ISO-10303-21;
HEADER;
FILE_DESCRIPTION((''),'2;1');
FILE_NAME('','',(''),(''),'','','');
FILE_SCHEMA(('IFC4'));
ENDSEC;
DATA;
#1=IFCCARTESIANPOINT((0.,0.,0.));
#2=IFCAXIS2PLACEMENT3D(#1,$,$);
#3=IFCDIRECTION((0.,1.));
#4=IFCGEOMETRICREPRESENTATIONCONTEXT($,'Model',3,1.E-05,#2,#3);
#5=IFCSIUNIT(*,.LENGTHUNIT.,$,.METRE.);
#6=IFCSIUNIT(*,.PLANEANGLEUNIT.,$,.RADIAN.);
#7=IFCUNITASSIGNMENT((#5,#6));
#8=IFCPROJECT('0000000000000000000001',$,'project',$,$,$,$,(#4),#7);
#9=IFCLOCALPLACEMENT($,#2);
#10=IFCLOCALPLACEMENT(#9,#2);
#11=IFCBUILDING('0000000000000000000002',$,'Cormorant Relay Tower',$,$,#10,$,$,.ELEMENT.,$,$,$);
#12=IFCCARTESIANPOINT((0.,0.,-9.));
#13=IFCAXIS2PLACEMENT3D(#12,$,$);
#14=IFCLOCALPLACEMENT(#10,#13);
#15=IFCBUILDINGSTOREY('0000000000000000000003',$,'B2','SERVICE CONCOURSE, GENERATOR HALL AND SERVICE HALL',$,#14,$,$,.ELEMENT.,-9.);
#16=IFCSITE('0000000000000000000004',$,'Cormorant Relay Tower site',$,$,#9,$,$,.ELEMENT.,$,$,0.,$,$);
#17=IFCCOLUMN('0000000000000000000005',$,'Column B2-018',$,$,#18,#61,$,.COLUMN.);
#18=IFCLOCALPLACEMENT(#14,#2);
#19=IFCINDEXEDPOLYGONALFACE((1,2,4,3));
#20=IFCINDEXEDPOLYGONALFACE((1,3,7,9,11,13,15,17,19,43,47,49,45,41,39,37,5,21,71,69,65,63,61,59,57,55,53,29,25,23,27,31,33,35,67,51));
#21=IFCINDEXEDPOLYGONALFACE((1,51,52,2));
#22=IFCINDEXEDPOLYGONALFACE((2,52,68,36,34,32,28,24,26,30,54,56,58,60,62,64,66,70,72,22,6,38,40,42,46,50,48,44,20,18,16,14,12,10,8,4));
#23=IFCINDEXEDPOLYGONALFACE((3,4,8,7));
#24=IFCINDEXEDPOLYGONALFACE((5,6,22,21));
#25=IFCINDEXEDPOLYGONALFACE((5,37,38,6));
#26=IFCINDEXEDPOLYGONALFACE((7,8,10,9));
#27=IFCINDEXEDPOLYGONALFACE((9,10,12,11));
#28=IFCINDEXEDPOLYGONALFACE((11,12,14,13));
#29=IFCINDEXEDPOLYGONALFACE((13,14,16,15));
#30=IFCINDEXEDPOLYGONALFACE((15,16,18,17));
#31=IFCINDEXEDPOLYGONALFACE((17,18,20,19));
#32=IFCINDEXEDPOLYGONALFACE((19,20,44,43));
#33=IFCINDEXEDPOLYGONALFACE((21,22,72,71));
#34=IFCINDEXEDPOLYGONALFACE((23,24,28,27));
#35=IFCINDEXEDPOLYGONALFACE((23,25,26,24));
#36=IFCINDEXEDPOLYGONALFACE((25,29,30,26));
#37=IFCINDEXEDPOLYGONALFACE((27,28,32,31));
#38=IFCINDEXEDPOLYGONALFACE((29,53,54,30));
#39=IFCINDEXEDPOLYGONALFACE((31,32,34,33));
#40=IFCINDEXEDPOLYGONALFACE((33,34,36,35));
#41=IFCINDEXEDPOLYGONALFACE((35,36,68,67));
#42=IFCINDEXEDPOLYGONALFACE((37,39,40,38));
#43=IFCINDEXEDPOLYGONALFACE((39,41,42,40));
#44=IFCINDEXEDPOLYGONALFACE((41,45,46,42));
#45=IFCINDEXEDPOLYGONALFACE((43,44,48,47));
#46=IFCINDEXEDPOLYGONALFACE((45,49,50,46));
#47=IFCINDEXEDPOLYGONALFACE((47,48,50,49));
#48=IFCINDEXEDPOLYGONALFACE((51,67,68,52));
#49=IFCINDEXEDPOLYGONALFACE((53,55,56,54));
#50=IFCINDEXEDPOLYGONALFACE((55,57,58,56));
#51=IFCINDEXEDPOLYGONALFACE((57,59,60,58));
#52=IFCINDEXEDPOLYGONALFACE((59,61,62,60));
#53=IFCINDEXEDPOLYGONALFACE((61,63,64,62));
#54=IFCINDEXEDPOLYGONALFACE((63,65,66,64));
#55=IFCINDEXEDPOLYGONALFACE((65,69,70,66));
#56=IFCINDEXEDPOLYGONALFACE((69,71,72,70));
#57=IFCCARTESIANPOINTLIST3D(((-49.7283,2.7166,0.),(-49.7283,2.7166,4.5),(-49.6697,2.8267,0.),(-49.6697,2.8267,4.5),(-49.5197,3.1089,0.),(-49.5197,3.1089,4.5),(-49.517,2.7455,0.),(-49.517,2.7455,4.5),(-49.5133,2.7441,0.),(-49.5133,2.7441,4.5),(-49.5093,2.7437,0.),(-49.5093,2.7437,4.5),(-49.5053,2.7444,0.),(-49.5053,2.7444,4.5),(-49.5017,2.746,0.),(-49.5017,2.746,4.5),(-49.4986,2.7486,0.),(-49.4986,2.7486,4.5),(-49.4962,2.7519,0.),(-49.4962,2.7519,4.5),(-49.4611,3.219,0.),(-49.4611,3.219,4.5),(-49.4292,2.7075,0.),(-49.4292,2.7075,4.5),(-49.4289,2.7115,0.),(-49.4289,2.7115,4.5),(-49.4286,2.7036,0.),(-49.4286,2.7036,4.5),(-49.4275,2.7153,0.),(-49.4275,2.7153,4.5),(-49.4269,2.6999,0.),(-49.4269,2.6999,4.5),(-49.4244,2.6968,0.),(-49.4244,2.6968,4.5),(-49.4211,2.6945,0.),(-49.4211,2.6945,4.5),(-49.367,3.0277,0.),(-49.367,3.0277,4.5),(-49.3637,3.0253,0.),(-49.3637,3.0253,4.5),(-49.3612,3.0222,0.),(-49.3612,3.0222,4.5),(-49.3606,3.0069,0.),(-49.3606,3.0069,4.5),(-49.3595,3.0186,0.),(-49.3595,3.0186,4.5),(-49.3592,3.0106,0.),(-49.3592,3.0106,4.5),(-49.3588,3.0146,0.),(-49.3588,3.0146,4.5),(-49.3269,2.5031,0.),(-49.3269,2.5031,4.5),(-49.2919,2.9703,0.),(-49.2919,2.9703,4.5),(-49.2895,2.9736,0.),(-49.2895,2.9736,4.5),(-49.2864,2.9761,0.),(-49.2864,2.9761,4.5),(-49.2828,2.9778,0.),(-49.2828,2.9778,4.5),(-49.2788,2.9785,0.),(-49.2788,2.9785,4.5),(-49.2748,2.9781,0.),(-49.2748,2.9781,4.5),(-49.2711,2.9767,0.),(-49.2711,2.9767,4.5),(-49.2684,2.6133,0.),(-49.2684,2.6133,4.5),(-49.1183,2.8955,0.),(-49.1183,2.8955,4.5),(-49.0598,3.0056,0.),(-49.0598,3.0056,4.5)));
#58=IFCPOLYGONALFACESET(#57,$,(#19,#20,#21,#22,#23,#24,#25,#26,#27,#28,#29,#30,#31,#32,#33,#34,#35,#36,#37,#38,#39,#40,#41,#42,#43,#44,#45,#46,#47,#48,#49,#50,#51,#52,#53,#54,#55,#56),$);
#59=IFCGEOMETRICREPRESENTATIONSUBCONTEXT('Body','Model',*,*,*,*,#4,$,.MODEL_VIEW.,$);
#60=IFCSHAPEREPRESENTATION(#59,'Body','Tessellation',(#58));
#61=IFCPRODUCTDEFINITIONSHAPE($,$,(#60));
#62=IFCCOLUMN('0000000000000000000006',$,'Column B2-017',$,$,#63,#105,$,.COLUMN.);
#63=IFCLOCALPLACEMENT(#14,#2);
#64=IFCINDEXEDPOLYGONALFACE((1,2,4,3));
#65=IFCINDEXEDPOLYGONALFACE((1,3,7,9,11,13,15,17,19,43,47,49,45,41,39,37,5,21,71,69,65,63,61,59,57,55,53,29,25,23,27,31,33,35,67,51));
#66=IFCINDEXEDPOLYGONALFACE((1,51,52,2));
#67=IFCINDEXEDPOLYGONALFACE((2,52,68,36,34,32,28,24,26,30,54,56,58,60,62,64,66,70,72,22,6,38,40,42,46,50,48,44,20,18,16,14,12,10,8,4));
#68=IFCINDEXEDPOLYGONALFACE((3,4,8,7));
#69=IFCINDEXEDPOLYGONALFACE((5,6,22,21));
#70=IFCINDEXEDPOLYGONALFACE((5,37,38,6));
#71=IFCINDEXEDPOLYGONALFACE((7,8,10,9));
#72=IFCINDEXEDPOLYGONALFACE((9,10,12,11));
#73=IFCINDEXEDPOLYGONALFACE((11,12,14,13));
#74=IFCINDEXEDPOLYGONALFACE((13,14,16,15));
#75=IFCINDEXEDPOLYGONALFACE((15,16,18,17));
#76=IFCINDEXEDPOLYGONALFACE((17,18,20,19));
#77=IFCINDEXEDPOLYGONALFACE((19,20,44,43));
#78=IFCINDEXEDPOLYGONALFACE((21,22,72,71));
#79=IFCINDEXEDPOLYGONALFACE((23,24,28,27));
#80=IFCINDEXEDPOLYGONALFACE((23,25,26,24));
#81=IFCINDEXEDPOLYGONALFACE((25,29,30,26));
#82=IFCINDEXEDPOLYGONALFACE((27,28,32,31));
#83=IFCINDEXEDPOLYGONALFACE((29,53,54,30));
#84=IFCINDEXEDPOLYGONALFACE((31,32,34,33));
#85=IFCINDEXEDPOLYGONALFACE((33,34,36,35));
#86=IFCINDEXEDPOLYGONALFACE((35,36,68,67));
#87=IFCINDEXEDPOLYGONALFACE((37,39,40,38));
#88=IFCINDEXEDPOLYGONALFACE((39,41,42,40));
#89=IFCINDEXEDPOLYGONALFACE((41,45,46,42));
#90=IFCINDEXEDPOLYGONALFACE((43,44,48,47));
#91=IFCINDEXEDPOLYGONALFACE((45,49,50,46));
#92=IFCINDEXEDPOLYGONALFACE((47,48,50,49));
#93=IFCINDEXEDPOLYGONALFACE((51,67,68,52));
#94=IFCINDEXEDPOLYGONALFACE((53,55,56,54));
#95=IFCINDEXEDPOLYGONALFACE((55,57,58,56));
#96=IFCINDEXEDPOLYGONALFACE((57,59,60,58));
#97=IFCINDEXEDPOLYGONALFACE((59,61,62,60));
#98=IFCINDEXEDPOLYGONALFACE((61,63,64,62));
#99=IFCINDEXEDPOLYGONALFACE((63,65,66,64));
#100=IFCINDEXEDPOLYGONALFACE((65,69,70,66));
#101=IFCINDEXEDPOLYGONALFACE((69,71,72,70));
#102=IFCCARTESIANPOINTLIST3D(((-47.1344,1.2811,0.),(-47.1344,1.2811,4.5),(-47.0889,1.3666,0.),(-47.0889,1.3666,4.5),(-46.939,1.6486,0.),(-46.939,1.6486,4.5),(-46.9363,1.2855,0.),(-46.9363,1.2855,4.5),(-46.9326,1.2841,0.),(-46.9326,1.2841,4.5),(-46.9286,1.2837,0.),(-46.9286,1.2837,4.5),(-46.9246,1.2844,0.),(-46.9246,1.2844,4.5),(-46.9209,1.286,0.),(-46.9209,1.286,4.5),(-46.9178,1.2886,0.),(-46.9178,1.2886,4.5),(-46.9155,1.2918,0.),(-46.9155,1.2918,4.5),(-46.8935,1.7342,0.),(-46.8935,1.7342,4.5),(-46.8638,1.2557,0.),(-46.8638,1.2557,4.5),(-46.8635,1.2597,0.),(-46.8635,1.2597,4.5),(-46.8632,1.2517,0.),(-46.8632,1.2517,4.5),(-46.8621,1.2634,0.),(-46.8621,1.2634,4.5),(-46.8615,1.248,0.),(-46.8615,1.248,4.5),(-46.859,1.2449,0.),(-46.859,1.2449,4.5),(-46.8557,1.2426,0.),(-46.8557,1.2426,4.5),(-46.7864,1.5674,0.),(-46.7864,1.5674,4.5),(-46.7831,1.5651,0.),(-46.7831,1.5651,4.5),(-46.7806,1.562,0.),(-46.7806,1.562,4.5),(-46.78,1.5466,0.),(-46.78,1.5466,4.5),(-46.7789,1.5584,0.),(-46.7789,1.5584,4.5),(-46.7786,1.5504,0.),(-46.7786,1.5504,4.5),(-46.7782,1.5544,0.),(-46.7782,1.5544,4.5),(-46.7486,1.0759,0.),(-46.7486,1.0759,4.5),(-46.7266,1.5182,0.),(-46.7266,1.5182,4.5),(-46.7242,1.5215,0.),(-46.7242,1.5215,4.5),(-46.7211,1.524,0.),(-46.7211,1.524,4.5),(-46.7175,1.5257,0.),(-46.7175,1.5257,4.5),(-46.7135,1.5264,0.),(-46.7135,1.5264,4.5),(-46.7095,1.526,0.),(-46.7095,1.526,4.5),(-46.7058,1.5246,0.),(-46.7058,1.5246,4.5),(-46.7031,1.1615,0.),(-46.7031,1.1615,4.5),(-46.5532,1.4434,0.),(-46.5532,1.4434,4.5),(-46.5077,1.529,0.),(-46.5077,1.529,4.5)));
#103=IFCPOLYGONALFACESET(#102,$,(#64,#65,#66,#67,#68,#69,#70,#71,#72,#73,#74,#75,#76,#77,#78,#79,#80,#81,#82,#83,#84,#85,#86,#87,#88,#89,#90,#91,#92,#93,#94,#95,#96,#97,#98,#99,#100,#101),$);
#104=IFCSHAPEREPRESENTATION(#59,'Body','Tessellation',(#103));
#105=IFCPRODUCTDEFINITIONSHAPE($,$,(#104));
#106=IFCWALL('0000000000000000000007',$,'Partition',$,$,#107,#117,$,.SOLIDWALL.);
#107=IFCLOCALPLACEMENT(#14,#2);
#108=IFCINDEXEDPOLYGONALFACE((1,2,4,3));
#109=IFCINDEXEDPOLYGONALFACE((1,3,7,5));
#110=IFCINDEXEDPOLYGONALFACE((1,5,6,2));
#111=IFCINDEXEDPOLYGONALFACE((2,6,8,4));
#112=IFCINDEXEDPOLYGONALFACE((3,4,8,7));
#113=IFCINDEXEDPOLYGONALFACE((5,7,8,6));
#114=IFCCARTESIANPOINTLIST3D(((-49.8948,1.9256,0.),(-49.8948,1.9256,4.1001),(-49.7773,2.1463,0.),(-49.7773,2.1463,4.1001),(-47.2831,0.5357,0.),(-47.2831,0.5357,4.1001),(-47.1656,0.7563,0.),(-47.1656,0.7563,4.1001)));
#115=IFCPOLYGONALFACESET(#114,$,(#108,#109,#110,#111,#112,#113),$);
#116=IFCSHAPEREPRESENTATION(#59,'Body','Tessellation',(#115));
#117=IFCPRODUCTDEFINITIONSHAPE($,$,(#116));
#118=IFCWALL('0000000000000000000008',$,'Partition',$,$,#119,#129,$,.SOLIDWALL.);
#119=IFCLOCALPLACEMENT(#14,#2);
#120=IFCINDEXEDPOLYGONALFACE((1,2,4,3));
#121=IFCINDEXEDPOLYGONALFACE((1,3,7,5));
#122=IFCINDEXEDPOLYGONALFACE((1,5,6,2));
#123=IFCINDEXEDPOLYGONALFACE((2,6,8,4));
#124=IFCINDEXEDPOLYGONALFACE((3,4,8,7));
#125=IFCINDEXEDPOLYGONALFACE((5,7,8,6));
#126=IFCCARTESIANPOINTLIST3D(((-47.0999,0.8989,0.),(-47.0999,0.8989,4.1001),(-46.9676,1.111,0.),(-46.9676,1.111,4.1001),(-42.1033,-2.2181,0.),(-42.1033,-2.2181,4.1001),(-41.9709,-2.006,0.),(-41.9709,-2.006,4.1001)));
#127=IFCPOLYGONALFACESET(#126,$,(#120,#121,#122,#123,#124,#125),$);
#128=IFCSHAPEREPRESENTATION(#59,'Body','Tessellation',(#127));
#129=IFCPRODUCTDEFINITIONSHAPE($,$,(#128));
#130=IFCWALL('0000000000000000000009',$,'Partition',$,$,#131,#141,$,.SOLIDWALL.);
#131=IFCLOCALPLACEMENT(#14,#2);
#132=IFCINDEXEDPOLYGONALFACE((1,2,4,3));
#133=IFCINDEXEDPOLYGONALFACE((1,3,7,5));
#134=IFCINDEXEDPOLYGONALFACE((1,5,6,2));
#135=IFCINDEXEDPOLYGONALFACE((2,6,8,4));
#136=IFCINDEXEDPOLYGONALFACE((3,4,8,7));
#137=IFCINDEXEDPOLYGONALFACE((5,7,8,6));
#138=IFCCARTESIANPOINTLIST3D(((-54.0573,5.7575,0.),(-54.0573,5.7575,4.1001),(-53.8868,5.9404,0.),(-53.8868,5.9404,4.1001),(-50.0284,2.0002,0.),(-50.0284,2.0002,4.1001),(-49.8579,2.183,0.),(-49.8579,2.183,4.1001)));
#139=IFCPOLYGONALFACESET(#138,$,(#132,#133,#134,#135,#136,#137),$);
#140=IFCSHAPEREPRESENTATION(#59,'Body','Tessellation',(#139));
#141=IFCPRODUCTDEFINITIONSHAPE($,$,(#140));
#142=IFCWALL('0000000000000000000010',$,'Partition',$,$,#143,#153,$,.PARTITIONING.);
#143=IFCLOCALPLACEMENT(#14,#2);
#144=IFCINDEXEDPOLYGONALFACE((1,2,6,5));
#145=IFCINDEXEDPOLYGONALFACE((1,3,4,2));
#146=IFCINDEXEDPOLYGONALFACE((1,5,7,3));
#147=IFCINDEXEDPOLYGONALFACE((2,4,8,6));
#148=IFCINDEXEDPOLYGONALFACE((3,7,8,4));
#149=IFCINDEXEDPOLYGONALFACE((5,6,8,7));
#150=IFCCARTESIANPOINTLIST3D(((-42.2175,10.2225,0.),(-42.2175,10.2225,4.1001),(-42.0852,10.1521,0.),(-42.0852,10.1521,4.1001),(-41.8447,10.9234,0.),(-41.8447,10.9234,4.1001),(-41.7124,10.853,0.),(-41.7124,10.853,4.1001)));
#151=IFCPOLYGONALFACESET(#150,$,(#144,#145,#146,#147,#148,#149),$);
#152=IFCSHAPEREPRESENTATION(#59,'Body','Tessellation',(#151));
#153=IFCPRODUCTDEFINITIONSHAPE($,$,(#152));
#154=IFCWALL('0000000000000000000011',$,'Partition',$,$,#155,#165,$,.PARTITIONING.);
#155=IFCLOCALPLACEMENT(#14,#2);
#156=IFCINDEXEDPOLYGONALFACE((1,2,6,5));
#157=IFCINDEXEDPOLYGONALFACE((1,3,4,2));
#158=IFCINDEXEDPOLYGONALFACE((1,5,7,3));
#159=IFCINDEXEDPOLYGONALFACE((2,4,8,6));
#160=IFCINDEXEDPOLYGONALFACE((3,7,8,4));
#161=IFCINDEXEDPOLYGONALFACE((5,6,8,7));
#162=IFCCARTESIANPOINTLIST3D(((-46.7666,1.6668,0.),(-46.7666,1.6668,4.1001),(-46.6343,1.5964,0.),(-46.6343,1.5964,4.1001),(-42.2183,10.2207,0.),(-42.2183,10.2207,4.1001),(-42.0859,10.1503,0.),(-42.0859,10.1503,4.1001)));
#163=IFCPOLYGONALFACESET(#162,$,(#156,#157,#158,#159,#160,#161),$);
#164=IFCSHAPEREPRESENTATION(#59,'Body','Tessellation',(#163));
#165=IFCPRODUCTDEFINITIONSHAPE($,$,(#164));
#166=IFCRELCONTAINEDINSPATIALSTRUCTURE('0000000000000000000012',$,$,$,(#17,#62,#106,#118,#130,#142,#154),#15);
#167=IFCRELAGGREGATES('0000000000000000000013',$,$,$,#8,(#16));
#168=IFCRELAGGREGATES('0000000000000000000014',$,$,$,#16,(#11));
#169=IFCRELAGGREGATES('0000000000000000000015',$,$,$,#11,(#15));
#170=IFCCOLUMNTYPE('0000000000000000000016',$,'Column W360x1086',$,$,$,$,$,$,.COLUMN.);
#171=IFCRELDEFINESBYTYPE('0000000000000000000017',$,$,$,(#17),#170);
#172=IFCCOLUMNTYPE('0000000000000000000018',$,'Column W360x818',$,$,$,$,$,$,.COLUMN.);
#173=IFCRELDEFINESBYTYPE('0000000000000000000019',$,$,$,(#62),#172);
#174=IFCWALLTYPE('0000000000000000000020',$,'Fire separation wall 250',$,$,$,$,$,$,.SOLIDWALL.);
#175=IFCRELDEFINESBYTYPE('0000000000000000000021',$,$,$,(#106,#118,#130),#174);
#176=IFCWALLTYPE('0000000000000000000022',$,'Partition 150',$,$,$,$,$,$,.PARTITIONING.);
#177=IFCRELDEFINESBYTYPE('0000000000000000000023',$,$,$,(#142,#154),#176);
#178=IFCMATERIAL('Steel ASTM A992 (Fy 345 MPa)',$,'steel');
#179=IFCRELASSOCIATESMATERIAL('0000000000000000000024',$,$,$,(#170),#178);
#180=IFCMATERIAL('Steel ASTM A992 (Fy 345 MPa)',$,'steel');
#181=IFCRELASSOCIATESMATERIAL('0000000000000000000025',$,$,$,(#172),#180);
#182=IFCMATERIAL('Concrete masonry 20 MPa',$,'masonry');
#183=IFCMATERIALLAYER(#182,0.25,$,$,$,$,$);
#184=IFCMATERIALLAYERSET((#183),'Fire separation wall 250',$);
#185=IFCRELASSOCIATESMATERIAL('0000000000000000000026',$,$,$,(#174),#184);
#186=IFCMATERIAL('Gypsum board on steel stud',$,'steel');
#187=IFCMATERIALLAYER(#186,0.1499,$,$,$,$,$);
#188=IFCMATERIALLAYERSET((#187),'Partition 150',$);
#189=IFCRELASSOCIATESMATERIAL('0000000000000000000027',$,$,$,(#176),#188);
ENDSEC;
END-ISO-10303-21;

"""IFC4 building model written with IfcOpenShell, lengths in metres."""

from ifc_helpers import new_model, si_unit, direction, frame, frame_2d, origin, origin_2d, place, context, subcontext, project, spatial, rectangle, i_section, extrude, material, layer, layer_set, material_profile, profile_set, type_object, element, save


model = new_model("IFC4")

# Units and contexts
model_context = context("Model", 3, precision=1e-05, world=origin(), true_north=direction((0.0, 1.0)))
body_context = subcontext(model_context, "Body", "Model", "MODEL_VIEW")
ifc_project = project(units=[si_unit("LENGTHUNIT", "METRE"), si_unit("PLANEANGLEUNIT", "RADIAN")], contexts=[model_context])

# Site, building, storey
site_placement = place(None, origin())
site = spatial("IfcSite", under=ifc_project, at=site_placement, Name="Cormorant Relay Tower site", CompositionType="ELEMENT", RefElevation=0.0)
building_placement = place(site_placement, origin())
building = spatial("IfcBuilding", under=site, at=building_placement, Name="Cormorant Relay Tower", CompositionType="ELEMENT")
storey_placement = place(building_placement, frame((0.0, 0.0, -9.0)))
storey = spatial("IfcBuildingStorey", under=building, at=storey_placement, Name="B2", Description="SERVICE CONCOURSE, GENERATOR HALL AND SERVICE HALL", CompositionType="ELEMENT", Elevation=-9.0)

# Columns
ifc_material_1 = material(Name="Steel ASTM A992 (Fy 345 MPa)", Category="steel")
ifc_material_profile_1 = material_profile(ifc_material_1, i_section(OverallWidth=0.4546, OverallDepth=0.5691, WebThickness=0.0779, FlangeThickness=0.1248, FilletRadius=0.0154, at=origin_2d()), Name="W360x1086")
ifc_profile_set_1 = profile_set([ifc_material_profile_1], Name="Steel ASTM A992 (Fy 345 MPa)")
column_type_1 = type_object("IfcColumnType", Name="Column W360x1086", PredefinedType="COLUMN", material=ifc_profile_set_1)
column_1_placement = place(storey_placement, frame((-49.394, 2.8611, 0.0), z_axis=(0.0, 0.0, 1.0), x_axis=(0.882948, -0.469472, 0.0)))
element("IfcColumn", 1, at=column_1_placement, inside=storey, type_object=column_type_1, Name="Column B2-018", PredefinedType="COLUMN", context=body_context, shape_type="SweptSolid", body=[
    extrude(i_section(OverallWidth=0.4546, OverallDepth=0.5691, WebThickness=0.0779, FlangeThickness=0.1248, FilletRadius=0.0154, at=origin_2d()), origin(), (0.0, 0.0, 1.0), 4.5),
])
ifc_material_2 = material(Name="Steel ASTM A992 (Fy 345 MPa)", Category="steel")
ifc_material_profile_2 = material_profile(ifc_material_2, i_section(OverallWidth=0.437, OverallDepth=0.5132, WebThickness=0.0605, FlangeThickness=0.0969, FilletRadius=0.0154, at=origin_2d()), Name="W360x818")
ifc_profile_set_2 = profile_set([ifc_material_profile_2], Name="Steel ASTM A992 (Fy 345 MPa)")
column_type_2 = type_object("IfcColumnType", Name="Column W360x818", PredefinedType="COLUMN", material=ifc_profile_set_2)
column_2_placement = place(storey_placement, frame((-46.821, 1.405, 0.0), z_axis=(0.0, 0.0, 1.0), x_axis=(0.882948, -0.469472, 0.0)))
element("IfcColumn", 2, at=column_2_placement, inside=storey, type_object=column_type_2, Name="Column B2-017", PredefinedType="COLUMN", context=body_context, shape_type="SweptSolid", body=[
    extrude(i_section(OverallWidth=0.437, OverallDepth=0.5132, WebThickness=0.0605, FlangeThickness=0.0969, FilletRadius=0.0154, at=origin_2d()), origin(), (0.0, 0.0, 1.0), 4.5),
])

# Walls
ifc_material_3 = material(Name="Concrete masonry 20 MPa", Category="masonry")
ifc_layer_1 = layer(ifc_material_3, 0.25)
ifc_layer_set_1 = layer_set([ifc_layer_1], Name="Fire separation wall 250")
wall_type_1 = type_object("IfcWallType", Name="Fire separation wall 250", PredefinedType="SOLIDWALL", material=ifc_layer_set_1)
wall_1_placement = place(storey_placement, frame((-47.2244, 0.646, 0.0), z_axis=(0.0, 0.0, 1.0), x_axis=(-0.882766, 0.469813, 0.0)))
element("IfcWall", 3, at=wall_1_placement, inside=storey, type_object=wall_type_1, Name="Partition", PredefinedType="SOLIDWALL", context=body_context, shape_type="SweptSolid", body=[
    extrude(rectangle(XDim=2.9585, YDim=0.25, at=frame_2d((1.4792, 0.0))), origin(), (0.0, 0.0, 1.0), 4.1001),
])
wall_2_placement = place(storey_placement, frame((-42.0371, -2.1121, 0.0), z_axis=(0.0, 0.0, 1.0), x_axis=(-0.84845, 0.529276, 0.0)))
element("IfcWall", 4, at=wall_2_placement, inside=storey, type_object=wall_type_1, Name="Partition", PredefinedType="SOLIDWALL", context=body_context, shape_type="SweptSolid", body=[
    extrude(rectangle(XDim=5.8892, YDim=0.25, at=frame_2d((2.9446, 0.0))), origin(), (0.0, 0.0, 1.0), 4.1001),
])
wall_3_placement = place(storey_placement, frame((-53.9719, 5.8489, 0.0), z_axis=(0.0, 0.0, 1.0), x_axis=(0.731318, -0.682037, 0.0)))
element("IfcWall", 5, at=wall_3_placement, inside=storey, type_object=wall_type_1, Name="Partition", PredefinedType="SOLIDWALL", context=body_context, shape_type="SweptSolid", body=[
    extrude(rectangle(XDim=5.509, YDim=0.25, at=frame_2d((2.7544, 0.0))), origin(), (0.0, 0.0, 1.0), 4.1001),
])
ifc_material_4 = material(Name="Gypsum board on steel stud", Category="steel")
ifc_layer_2 = layer(ifc_material_4, 0.1499)
ifc_layer_set_2 = layer_set([ifc_layer_2], Name="Partition 150")
wall_type_2 = type_object("IfcWallType", Name="Partition 150", PredefinedType="PARTITIONING", material=ifc_layer_set_2)
wall_4_placement = place(storey_placement, frame((-42.1514, 10.1873, 0.0), z_axis=(0.0, 0.0, 1.0), x_axis=(0.469582, 0.882889, 0.0)))
element("IfcWall", 6, at=wall_4_placement, inside=storey, type_object=wall_type_2, Name="Partition", PredefinedType="PARTITIONING", context=body_context, shape_type="SweptSolid", body=[
    extrude(rectangle(XDim=0.7939, YDim=0.1499, at=frame_2d((0.397, 0.0))), origin(), (0.0, 0.0, 1.0), 4.1001),
])
wall_5_placement = place(storey_placement, frame((-46.7004, 1.6316, 0.0), z_axis=(0.0, 0.0, 1.0), x_axis=(0.469481, 0.882942, 0.0)))
element("IfcWall", 7, at=wall_5_placement, inside=storey, type_object=wall_type_2, Name="Partition", PredefinedType="PARTITIONING", context=body_context, shape_type="SweptSolid", body=[
    extrude(rectangle(XDim=9.688, YDim=0.1499, at=frame_2d((4.844, 0.0))), origin(), (0.0, 0.0, 1.0), 4.1001),
])

save(model, "model.ifc")
